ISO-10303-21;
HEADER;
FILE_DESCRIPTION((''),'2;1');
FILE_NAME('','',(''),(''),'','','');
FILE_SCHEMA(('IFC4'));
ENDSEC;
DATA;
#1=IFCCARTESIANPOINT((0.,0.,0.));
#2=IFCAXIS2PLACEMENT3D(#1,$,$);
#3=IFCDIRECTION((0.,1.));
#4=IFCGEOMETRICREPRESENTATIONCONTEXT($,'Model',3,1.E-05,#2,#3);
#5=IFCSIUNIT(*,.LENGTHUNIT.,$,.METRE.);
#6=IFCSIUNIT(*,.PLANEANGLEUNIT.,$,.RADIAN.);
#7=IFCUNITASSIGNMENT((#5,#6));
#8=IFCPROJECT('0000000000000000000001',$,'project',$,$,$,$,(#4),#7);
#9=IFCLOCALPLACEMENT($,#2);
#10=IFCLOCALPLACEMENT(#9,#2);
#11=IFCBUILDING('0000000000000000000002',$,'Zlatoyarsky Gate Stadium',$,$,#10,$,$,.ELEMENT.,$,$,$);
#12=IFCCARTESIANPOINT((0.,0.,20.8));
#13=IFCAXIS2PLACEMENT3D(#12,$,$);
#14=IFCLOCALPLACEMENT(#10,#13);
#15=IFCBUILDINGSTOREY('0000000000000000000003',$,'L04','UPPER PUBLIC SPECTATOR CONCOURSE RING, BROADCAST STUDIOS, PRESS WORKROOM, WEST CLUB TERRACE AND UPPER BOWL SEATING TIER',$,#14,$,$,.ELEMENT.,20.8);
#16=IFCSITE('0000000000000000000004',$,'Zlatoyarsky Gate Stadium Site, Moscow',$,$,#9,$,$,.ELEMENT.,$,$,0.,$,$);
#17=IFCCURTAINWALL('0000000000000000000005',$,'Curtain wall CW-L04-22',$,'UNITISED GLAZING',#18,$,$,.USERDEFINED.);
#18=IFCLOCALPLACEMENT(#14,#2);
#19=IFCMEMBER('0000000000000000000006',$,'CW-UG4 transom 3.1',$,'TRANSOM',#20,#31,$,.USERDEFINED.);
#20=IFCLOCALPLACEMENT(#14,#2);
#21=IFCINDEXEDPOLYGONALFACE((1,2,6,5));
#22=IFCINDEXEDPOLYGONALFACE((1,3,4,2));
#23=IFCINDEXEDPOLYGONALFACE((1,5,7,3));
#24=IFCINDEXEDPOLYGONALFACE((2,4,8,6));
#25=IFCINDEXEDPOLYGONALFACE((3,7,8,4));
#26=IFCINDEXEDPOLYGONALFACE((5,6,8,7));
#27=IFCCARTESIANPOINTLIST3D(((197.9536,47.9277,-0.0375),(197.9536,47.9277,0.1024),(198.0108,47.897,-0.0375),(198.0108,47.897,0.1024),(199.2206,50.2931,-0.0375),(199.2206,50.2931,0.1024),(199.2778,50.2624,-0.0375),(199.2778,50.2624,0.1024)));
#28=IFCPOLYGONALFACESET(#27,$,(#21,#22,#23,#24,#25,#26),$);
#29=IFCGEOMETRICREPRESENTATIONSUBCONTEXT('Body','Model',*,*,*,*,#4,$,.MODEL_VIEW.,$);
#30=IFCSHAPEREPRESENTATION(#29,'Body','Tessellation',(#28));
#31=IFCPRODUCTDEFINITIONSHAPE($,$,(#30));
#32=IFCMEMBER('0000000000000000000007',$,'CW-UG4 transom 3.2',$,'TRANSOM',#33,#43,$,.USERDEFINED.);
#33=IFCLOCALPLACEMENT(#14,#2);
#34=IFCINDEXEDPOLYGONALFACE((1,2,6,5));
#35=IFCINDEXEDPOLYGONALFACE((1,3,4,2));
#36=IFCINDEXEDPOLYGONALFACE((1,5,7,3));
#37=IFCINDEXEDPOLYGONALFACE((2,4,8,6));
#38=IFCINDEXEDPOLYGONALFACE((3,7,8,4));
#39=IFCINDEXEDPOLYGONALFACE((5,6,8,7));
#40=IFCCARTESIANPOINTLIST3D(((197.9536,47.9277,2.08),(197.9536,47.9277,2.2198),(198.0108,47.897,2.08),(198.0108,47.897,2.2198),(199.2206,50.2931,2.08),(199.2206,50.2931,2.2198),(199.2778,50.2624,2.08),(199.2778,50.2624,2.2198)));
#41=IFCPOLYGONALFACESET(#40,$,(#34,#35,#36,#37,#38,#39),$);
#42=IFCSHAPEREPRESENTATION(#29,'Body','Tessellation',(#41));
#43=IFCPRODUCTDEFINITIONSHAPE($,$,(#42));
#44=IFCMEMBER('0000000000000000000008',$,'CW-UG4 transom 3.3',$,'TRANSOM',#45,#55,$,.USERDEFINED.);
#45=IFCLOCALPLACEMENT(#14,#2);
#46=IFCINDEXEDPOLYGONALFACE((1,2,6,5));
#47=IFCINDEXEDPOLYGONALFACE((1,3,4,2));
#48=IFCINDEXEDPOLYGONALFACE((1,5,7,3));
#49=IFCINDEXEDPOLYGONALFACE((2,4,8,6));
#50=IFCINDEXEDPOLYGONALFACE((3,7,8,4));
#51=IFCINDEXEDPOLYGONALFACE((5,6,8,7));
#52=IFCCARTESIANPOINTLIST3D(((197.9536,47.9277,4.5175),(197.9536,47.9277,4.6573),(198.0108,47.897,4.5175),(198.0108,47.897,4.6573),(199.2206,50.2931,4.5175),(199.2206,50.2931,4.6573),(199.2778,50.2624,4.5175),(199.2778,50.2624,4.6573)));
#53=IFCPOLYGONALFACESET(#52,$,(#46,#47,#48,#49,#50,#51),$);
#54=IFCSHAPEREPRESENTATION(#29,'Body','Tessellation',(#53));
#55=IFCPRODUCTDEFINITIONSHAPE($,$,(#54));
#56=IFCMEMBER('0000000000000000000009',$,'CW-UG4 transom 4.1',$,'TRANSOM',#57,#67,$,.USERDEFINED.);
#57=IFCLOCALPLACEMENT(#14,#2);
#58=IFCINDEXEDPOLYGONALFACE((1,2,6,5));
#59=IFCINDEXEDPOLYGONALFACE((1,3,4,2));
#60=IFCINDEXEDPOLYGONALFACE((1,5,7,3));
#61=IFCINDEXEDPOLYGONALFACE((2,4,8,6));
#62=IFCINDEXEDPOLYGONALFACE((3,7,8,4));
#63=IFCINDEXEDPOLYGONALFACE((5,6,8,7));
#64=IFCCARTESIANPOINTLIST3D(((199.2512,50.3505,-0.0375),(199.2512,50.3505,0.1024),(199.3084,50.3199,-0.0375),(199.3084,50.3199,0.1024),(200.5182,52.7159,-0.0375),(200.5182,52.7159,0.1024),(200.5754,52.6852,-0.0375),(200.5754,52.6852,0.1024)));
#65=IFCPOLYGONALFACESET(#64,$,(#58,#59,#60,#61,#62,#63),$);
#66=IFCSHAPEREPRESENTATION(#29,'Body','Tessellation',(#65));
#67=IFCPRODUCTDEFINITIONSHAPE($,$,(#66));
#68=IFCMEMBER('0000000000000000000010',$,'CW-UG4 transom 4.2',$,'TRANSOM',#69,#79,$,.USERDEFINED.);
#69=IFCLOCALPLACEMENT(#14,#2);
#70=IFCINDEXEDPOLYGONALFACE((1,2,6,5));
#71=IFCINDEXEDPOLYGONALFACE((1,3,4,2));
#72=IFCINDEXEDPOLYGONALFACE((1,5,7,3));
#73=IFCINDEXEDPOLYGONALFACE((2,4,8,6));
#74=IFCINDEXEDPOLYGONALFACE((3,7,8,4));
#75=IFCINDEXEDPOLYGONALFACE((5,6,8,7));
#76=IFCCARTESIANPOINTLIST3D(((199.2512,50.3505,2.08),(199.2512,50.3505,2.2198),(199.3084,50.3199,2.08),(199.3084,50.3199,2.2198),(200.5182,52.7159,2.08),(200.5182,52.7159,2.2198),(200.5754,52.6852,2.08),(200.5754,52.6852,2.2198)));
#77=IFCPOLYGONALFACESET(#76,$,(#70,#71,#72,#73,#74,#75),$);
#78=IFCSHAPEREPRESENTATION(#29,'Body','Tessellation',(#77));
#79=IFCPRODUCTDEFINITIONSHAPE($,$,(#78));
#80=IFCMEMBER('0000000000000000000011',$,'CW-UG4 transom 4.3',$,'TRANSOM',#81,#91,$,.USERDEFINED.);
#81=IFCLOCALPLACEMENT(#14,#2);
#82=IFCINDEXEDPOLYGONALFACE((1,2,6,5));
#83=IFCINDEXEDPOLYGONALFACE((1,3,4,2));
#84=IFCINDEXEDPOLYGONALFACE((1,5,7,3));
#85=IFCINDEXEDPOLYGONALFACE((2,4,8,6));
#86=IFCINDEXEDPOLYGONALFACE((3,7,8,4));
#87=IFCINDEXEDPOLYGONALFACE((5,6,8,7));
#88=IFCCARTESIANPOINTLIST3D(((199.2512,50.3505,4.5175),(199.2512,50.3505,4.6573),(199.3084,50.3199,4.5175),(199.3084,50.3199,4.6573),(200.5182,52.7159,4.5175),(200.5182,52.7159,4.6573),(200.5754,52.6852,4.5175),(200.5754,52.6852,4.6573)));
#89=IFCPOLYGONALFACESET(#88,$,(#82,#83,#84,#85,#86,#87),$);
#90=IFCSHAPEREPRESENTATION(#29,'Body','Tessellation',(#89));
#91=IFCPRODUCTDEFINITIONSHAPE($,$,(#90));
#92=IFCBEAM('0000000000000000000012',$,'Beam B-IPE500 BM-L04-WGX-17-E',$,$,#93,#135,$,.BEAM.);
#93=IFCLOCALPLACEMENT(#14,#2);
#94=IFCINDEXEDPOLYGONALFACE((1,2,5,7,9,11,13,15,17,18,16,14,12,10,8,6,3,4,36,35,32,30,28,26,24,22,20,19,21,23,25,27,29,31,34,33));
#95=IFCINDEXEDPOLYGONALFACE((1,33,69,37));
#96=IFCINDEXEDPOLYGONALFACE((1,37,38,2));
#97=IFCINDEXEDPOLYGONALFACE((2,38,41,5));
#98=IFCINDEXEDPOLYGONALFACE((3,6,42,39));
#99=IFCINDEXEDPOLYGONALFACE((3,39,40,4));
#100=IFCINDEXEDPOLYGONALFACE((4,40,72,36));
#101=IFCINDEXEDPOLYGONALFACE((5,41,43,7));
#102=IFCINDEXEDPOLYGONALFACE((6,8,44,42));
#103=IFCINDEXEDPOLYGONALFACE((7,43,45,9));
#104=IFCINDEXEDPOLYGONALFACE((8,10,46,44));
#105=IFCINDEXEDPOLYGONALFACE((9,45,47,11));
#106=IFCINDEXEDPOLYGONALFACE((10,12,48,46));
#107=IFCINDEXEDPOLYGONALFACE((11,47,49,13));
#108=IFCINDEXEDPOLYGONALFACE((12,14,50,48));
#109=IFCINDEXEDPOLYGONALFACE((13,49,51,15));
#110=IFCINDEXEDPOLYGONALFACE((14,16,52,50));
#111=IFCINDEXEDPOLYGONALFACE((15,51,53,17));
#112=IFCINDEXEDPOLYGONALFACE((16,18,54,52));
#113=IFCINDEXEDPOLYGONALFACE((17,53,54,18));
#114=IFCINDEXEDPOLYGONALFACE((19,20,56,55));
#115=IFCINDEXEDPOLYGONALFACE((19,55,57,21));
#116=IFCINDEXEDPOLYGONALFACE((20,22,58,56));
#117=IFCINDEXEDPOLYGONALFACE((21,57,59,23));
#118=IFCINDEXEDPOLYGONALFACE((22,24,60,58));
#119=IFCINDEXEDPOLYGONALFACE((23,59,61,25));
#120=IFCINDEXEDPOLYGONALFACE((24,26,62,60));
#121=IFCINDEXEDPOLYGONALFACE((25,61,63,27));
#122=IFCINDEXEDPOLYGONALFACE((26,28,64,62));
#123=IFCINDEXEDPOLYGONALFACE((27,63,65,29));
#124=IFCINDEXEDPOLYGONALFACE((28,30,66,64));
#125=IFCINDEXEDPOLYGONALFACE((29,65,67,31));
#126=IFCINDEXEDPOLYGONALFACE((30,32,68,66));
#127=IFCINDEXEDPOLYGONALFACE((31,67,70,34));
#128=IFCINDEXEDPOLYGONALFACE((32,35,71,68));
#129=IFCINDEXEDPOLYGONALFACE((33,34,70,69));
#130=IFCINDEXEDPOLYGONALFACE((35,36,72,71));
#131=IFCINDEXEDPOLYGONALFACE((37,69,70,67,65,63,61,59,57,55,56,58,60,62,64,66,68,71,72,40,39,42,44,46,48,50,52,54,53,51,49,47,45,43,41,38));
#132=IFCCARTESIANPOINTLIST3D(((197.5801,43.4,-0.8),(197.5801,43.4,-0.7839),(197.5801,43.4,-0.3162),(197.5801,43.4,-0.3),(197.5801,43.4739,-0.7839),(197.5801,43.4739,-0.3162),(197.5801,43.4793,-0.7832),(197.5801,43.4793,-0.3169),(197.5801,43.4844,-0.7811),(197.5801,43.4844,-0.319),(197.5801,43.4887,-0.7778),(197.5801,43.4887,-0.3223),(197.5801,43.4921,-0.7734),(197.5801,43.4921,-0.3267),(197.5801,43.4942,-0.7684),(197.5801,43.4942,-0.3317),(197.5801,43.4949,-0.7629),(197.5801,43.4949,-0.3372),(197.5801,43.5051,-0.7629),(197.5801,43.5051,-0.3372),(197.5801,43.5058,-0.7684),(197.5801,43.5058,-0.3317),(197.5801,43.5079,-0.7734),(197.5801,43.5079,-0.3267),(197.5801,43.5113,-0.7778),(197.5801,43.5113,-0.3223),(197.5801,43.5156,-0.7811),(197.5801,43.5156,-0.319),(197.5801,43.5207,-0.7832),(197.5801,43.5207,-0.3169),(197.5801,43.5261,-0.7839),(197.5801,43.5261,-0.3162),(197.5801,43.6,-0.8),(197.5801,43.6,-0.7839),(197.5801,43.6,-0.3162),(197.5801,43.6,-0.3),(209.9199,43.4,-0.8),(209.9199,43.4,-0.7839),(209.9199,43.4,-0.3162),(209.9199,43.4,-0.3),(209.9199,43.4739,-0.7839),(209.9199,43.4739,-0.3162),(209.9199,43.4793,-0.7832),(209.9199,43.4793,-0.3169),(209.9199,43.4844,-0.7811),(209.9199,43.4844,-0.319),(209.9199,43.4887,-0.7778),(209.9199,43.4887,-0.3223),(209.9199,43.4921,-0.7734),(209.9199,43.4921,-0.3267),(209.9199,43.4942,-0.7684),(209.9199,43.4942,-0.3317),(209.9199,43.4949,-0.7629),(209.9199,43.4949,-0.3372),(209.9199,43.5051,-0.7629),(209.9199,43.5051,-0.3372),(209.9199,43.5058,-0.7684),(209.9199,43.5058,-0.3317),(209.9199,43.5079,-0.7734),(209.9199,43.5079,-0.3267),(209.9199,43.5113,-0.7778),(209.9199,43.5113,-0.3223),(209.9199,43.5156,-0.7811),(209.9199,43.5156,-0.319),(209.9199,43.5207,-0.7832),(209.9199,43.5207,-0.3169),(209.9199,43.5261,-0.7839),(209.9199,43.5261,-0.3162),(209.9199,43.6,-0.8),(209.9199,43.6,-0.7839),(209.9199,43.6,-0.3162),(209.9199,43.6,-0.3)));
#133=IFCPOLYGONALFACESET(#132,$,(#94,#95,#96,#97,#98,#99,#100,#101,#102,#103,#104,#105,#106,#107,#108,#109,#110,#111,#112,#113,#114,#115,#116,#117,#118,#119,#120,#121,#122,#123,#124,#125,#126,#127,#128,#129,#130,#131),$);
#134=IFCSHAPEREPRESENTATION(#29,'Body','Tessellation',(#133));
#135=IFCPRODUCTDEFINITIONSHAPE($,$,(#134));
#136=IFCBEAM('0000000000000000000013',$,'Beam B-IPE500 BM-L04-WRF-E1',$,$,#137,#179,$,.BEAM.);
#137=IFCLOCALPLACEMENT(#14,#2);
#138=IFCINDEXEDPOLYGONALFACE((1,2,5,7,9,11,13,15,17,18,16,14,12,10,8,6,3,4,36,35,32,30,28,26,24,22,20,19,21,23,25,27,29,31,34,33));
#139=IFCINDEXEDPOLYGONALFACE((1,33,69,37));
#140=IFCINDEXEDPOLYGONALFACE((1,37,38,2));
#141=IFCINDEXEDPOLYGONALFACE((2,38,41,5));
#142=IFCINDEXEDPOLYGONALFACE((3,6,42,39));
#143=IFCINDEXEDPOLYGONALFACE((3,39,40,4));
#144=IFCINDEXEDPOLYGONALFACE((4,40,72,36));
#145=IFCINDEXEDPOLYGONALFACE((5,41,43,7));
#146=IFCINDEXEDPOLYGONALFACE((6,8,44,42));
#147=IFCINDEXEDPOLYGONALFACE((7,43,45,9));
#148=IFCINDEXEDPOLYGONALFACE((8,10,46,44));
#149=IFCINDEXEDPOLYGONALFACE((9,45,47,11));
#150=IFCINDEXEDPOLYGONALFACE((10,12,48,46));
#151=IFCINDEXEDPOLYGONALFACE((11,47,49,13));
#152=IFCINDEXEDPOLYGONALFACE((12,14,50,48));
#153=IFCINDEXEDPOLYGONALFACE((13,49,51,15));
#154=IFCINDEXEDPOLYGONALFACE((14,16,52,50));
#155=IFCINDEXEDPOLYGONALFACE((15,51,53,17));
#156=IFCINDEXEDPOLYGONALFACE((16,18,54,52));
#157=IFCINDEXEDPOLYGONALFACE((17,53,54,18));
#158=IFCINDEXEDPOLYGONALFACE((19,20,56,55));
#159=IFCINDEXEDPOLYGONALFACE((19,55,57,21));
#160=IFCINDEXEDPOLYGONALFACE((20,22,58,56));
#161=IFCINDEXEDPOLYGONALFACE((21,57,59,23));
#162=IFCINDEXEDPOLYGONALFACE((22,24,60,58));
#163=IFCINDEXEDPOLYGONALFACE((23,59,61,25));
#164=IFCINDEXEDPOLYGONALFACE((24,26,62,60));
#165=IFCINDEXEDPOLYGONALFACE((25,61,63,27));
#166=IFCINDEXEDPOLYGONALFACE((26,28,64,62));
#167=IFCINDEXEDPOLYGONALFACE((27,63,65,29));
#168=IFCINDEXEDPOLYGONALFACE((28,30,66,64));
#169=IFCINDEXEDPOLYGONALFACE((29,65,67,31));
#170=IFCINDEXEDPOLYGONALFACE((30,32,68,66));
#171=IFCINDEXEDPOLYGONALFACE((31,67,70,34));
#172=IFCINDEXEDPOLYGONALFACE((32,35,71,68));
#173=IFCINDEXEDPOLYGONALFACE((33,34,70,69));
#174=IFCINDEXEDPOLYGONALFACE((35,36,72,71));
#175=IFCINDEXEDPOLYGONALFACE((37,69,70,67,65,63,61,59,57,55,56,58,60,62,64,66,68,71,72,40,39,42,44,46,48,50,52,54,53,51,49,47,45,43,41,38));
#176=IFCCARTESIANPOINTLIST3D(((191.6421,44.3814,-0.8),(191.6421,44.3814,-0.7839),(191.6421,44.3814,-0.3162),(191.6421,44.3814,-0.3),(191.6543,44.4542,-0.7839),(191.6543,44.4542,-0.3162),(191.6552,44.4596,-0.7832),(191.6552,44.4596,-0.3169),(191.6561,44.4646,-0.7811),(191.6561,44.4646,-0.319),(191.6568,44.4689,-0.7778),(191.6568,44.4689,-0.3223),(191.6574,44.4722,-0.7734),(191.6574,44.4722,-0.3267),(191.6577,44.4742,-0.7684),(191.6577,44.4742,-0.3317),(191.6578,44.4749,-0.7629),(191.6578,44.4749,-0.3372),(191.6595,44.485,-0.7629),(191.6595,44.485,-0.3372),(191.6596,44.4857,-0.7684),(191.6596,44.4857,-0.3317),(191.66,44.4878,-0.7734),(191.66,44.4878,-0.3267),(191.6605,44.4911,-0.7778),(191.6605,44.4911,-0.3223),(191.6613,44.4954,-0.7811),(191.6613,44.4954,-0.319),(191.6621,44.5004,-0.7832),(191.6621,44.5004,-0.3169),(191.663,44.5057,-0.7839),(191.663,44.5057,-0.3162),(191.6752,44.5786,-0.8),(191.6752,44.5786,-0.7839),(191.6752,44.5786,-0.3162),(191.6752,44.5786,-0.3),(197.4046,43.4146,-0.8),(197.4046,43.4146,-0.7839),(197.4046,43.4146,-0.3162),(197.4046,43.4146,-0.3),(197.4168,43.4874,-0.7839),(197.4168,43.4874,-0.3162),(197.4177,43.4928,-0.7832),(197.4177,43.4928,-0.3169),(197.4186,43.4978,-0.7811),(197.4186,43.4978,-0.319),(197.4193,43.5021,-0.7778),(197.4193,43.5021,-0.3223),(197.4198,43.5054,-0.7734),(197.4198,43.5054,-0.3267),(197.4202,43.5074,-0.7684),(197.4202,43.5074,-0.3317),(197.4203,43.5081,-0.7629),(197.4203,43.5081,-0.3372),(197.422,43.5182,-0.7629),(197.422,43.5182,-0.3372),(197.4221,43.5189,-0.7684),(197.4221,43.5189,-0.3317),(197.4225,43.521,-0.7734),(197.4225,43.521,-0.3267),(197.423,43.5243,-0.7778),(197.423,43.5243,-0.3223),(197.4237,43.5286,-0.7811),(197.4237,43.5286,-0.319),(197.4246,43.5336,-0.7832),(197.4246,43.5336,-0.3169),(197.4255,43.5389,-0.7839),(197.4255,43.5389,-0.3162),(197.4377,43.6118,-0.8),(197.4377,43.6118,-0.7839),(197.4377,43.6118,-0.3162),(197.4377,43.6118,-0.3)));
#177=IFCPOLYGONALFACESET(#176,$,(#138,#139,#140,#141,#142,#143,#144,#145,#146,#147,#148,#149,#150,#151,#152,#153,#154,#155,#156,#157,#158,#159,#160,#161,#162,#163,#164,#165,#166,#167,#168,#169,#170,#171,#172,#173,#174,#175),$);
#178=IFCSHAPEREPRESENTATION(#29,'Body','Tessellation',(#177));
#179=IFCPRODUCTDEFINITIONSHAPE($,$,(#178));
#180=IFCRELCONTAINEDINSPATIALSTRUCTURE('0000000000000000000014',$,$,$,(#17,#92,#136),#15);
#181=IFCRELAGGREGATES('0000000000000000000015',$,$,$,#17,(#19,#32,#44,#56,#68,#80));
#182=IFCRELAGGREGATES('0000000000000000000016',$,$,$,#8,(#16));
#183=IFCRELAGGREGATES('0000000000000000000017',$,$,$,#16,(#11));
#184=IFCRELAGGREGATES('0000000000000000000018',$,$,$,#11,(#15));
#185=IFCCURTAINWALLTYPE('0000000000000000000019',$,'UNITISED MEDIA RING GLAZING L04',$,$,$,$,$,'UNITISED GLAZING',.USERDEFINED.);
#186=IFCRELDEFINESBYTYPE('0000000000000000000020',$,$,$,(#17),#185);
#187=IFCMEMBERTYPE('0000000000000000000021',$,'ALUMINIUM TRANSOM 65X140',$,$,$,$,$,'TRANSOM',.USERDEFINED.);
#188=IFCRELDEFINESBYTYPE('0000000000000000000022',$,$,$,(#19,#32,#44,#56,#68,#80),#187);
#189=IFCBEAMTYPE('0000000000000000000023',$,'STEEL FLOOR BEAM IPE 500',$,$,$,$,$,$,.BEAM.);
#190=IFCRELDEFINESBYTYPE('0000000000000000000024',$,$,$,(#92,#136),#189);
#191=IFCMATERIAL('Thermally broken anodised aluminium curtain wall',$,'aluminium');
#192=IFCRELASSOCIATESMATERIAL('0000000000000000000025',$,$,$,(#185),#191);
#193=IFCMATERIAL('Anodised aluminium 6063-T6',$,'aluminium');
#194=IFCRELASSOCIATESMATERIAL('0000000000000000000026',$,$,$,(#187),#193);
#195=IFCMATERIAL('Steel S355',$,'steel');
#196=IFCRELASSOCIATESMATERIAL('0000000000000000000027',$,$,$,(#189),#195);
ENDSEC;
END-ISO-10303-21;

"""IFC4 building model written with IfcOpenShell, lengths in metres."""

from ifc_helpers import new_model, si_unit, direction, frame, origin, origin_2d, place, context, subcontext, project, spatial, rectangle, i_section, extrude, material, material_profile, profile_set, type_object, element, aggregate, save


model = new_model("IFC4")

# Units and contexts
model_context = context("Model", 3, precision=1e-05, world=origin(), true_north=direction((0.0, 1.0)))
body_context = subcontext(model_context, "Body", "Model", "MODEL_VIEW")
ifc_project = project(units=[si_unit("LENGTHUNIT", "METRE"), si_unit("PLANEANGLEUNIT", "RADIAN")], contexts=[model_context])

# Site, building, storey
site_placement = place(None, origin())
site = spatial("IfcSite", under=ifc_project, at=site_placement, Name="Zlatoyarsky Gate Stadium Site, Moscow", CompositionType="ELEMENT", RefElevation=0.0)
building_placement = place(site_placement, origin())
building = spatial("IfcBuilding", under=site, at=building_placement, Name="Zlatoyarsky Gate Stadium", CompositionType="ELEMENT")
storey_placement = place(building_placement, frame((0.0, 0.0, 20.8)))
storey = spatial("IfcBuildingStorey", under=building, at=storey_placement, Name="L04", Description="UPPER PUBLIC SPECTATOR CONCOURSE RING, BROADCAST STUDIOS, PRESS WORKROOM, WEST CLUB TERRACE AND UPPER BOWL SEATING TIER", CompositionType="ELEMENT", Elevation=20.8)

# Shared definitions
ifc_material_1 = material(Name="Thermally broken anodised aluminium curtain wall", Category="aluminium")
curtain_wall_type = type_object("IfcCurtainWallType", Name="UNITISED MEDIA RING GLAZING L04", ElementType="UNITISED GLAZING", PredefinedType="USERDEFINED", material=ifc_material_1)
ifc_material_2 = material(Name="Anodised aluminium 6063-T6", Category="aluminium")

# Curtain wall
curtain_wall_1_placement = place(storey_placement, origin())
curtain_wall_1 = element("IfcCurtainWall", 1, at=curtain_wall_1_placement, inside=storey, type_object=curtain_wall_type, Name="Curtain wall CW-L04-22", ObjectType="UNITISED GLAZING", PredefinedType="USERDEFINED")

# Members
ifc_material_profile_1 = material_profile(ifc_material_2, rectangle(XDim=0.0649, YDim=0.1399, at=origin_2d()), Name="ALU 65X140")
ifc_profile_set_1 = profile_set([ifc_material_profile_1], Name="Anodised aluminium 6063-T6")
member_type_1 = type_object("IfcMemberType", Name="ALUMINIUM TRANSOM 65X140", ElementType="TRANSOM", PredefinedType="USERDEFINED", material=ifc_profile_set_1)
member_1_placement = place(storey_placement, frame((197.9822, 47.9124, 0.0325), z_axis=(0.472184, 0.8815, 0.0), x_axis=(-0.8815, 0.472184, 0.0)))
member_1 = element("IfcMember", 2, at=member_1_placement, type_object=member_type_1, Name="CW-UG4 transom 3.1", ObjectType="TRANSOM", PredefinedType="USERDEFINED", context=body_context, shape_type="SweptSolid", body=[
    extrude(rectangle(XDim=0.0649, YDim=0.1399, at=origin_2d()), origin(), (0.0, 0.0, 1.0), 2.6833),
])
member_2_placement = place(storey_placement, frame((197.9822, 47.9124, 2.1499), z_axis=(0.472184, 0.8815, 0.0), x_axis=(-0.8815, 0.472184, 0.0)))
member_2 = element("IfcMember", 3, at=member_2_placement, type_object=member_type_1, Name="CW-UG4 transom 3.2", ObjectType="TRANSOM", PredefinedType="USERDEFINED", context=body_context, shape_type="SweptSolid", body=[
    extrude(rectangle(XDim=0.0649, YDim=0.1399, at=origin_2d()), origin(), (0.0, 0.0, 1.0), 2.6833),
])
member_3_placement = place(storey_placement, frame((197.9822, 47.9124, 4.5874), z_axis=(0.472184, 0.8815, 0.0), x_axis=(-0.8815, 0.472184, 0.0)))
member_3 = element("IfcMember", 4, at=member_3_placement, type_object=member_type_1, Name="CW-UG4 transom 3.3", ObjectType="TRANSOM", PredefinedType="USERDEFINED", context=body_context, shape_type="SweptSolid", body=[
    extrude(rectangle(XDim=0.0649, YDim=0.1399, at=origin_2d()), origin(), (0.0, 0.0, 1.0), 2.6833),
])
member_4_placement = place(storey_placement, frame((199.2798, 50.3352, 0.0325), z_axis=(0.472184, 0.8815, 0.0), x_axis=(-0.8815, 0.472184, 0.0)))
member_4 = element("IfcMember", 5, at=member_4_placement, type_object=member_type_1, Name="CW-UG4 transom 4.1", ObjectType="TRANSOM", PredefinedType="USERDEFINED", context=body_context, shape_type="SweptSolid", body=[
    extrude(rectangle(XDim=0.0649, YDim=0.1399, at=origin_2d()), origin(), (0.0, 0.0, 1.0), 2.6833),
])
member_5_placement = place(storey_placement, frame((199.2798, 50.3352, 2.1499), z_axis=(0.472184, 0.8815, 0.0), x_axis=(-0.8815, 0.472184, 0.0)))
member_5 = element("IfcMember", 6, at=member_5_placement, type_object=member_type_1, Name="CW-UG4 transom 4.2", ObjectType="TRANSOM", PredefinedType="USERDEFINED", context=body_context, shape_type="SweptSolid", body=[
    extrude(rectangle(XDim=0.0649, YDim=0.1399, at=origin_2d()), origin(), (0.0, 0.0, 1.0), 2.6833),
])
member_6_placement = place(storey_placement, frame((199.2798, 50.3352, 4.5874), z_axis=(0.472184, 0.8815, 0.0), x_axis=(-0.8815, 0.472184, 0.0)))
member_6 = element("IfcMember", 7, at=member_6_placement, type_object=member_type_1, Name="CW-UG4 transom 4.3", ObjectType="TRANSOM", PredefinedType="USERDEFINED", context=body_context, shape_type="SweptSolid", body=[
    extrude(rectangle(XDim=0.0649, YDim=0.1399, at=origin_2d()), origin(), (0.0, 0.0, 1.0), 2.6833),
])

# Beams
ifc_material_3 = material(Name="Steel S355", Category="steel")
ifc_material_profile_2 = material_profile(ifc_material_3, i_section(OverallWidth=0.2, OverallDepth=0.5, WebThickness=0.0103, FlangeThickness=0.0161, FilletRadius=0.021, at=origin_2d()), Name="IPE 500")
ifc_profile_set_2 = profile_set([ifc_material_profile_2], Name="Steel S355")
beam_type_1 = type_object("IfcBeamType", Name="STEEL FLOOR BEAM IPE 500", PredefinedType="BEAM", material=ifc_profile_set_2)
beam_1_placement = place(storey_placement, frame((197.5801, 43.5, -0.55), z_axis=(1.0, 0.0, 0.0), x_axis=(0.0, 1.0, 0.0)))
element("IfcBeam", 8, at=beam_1_placement, inside=storey, type_object=beam_type_1, Name="Beam B-IPE500 BM-L04-WGX-17-E", PredefinedType="BEAM", context=body_context, shape_type="SweptSolid", body=[
    extrude(i_section(OverallWidth=0.2, OverallDepth=0.5, WebThickness=0.0103, FlangeThickness=0.0161, FilletRadius=0.021, at=origin_2d()), origin(), (0.0, 0.0, 1.0), 12.3398),
])
beam_2_placement = place(storey_placement, frame((197.4211, 43.5132, -0.55), z_axis=(-0.986216, 0.165463, 0.0), x_axis=(-0.165463, -0.986216, 0.0)))
element("IfcBeam", 9, at=beam_2_placement, inside=storey, type_object=beam_type_1, Name="Beam B-IPE500 BM-L04-WRF-E1", PredefinedType="BEAM", context=body_context, shape_type="SweptSolid", body=[
    extrude(i_section(OverallWidth=0.2, OverallDepth=0.5, WebThickness=0.0103, FlangeThickness=0.0161, FilletRadius=0.021, at=origin_2d()), origin(), (0.0, 0.0, 1.0), 5.843),
])

aggregate(curtain_wall_1, [member_1, member_2, member_3, member_4, member_5, member_6])

save(model, "model.ifc")
